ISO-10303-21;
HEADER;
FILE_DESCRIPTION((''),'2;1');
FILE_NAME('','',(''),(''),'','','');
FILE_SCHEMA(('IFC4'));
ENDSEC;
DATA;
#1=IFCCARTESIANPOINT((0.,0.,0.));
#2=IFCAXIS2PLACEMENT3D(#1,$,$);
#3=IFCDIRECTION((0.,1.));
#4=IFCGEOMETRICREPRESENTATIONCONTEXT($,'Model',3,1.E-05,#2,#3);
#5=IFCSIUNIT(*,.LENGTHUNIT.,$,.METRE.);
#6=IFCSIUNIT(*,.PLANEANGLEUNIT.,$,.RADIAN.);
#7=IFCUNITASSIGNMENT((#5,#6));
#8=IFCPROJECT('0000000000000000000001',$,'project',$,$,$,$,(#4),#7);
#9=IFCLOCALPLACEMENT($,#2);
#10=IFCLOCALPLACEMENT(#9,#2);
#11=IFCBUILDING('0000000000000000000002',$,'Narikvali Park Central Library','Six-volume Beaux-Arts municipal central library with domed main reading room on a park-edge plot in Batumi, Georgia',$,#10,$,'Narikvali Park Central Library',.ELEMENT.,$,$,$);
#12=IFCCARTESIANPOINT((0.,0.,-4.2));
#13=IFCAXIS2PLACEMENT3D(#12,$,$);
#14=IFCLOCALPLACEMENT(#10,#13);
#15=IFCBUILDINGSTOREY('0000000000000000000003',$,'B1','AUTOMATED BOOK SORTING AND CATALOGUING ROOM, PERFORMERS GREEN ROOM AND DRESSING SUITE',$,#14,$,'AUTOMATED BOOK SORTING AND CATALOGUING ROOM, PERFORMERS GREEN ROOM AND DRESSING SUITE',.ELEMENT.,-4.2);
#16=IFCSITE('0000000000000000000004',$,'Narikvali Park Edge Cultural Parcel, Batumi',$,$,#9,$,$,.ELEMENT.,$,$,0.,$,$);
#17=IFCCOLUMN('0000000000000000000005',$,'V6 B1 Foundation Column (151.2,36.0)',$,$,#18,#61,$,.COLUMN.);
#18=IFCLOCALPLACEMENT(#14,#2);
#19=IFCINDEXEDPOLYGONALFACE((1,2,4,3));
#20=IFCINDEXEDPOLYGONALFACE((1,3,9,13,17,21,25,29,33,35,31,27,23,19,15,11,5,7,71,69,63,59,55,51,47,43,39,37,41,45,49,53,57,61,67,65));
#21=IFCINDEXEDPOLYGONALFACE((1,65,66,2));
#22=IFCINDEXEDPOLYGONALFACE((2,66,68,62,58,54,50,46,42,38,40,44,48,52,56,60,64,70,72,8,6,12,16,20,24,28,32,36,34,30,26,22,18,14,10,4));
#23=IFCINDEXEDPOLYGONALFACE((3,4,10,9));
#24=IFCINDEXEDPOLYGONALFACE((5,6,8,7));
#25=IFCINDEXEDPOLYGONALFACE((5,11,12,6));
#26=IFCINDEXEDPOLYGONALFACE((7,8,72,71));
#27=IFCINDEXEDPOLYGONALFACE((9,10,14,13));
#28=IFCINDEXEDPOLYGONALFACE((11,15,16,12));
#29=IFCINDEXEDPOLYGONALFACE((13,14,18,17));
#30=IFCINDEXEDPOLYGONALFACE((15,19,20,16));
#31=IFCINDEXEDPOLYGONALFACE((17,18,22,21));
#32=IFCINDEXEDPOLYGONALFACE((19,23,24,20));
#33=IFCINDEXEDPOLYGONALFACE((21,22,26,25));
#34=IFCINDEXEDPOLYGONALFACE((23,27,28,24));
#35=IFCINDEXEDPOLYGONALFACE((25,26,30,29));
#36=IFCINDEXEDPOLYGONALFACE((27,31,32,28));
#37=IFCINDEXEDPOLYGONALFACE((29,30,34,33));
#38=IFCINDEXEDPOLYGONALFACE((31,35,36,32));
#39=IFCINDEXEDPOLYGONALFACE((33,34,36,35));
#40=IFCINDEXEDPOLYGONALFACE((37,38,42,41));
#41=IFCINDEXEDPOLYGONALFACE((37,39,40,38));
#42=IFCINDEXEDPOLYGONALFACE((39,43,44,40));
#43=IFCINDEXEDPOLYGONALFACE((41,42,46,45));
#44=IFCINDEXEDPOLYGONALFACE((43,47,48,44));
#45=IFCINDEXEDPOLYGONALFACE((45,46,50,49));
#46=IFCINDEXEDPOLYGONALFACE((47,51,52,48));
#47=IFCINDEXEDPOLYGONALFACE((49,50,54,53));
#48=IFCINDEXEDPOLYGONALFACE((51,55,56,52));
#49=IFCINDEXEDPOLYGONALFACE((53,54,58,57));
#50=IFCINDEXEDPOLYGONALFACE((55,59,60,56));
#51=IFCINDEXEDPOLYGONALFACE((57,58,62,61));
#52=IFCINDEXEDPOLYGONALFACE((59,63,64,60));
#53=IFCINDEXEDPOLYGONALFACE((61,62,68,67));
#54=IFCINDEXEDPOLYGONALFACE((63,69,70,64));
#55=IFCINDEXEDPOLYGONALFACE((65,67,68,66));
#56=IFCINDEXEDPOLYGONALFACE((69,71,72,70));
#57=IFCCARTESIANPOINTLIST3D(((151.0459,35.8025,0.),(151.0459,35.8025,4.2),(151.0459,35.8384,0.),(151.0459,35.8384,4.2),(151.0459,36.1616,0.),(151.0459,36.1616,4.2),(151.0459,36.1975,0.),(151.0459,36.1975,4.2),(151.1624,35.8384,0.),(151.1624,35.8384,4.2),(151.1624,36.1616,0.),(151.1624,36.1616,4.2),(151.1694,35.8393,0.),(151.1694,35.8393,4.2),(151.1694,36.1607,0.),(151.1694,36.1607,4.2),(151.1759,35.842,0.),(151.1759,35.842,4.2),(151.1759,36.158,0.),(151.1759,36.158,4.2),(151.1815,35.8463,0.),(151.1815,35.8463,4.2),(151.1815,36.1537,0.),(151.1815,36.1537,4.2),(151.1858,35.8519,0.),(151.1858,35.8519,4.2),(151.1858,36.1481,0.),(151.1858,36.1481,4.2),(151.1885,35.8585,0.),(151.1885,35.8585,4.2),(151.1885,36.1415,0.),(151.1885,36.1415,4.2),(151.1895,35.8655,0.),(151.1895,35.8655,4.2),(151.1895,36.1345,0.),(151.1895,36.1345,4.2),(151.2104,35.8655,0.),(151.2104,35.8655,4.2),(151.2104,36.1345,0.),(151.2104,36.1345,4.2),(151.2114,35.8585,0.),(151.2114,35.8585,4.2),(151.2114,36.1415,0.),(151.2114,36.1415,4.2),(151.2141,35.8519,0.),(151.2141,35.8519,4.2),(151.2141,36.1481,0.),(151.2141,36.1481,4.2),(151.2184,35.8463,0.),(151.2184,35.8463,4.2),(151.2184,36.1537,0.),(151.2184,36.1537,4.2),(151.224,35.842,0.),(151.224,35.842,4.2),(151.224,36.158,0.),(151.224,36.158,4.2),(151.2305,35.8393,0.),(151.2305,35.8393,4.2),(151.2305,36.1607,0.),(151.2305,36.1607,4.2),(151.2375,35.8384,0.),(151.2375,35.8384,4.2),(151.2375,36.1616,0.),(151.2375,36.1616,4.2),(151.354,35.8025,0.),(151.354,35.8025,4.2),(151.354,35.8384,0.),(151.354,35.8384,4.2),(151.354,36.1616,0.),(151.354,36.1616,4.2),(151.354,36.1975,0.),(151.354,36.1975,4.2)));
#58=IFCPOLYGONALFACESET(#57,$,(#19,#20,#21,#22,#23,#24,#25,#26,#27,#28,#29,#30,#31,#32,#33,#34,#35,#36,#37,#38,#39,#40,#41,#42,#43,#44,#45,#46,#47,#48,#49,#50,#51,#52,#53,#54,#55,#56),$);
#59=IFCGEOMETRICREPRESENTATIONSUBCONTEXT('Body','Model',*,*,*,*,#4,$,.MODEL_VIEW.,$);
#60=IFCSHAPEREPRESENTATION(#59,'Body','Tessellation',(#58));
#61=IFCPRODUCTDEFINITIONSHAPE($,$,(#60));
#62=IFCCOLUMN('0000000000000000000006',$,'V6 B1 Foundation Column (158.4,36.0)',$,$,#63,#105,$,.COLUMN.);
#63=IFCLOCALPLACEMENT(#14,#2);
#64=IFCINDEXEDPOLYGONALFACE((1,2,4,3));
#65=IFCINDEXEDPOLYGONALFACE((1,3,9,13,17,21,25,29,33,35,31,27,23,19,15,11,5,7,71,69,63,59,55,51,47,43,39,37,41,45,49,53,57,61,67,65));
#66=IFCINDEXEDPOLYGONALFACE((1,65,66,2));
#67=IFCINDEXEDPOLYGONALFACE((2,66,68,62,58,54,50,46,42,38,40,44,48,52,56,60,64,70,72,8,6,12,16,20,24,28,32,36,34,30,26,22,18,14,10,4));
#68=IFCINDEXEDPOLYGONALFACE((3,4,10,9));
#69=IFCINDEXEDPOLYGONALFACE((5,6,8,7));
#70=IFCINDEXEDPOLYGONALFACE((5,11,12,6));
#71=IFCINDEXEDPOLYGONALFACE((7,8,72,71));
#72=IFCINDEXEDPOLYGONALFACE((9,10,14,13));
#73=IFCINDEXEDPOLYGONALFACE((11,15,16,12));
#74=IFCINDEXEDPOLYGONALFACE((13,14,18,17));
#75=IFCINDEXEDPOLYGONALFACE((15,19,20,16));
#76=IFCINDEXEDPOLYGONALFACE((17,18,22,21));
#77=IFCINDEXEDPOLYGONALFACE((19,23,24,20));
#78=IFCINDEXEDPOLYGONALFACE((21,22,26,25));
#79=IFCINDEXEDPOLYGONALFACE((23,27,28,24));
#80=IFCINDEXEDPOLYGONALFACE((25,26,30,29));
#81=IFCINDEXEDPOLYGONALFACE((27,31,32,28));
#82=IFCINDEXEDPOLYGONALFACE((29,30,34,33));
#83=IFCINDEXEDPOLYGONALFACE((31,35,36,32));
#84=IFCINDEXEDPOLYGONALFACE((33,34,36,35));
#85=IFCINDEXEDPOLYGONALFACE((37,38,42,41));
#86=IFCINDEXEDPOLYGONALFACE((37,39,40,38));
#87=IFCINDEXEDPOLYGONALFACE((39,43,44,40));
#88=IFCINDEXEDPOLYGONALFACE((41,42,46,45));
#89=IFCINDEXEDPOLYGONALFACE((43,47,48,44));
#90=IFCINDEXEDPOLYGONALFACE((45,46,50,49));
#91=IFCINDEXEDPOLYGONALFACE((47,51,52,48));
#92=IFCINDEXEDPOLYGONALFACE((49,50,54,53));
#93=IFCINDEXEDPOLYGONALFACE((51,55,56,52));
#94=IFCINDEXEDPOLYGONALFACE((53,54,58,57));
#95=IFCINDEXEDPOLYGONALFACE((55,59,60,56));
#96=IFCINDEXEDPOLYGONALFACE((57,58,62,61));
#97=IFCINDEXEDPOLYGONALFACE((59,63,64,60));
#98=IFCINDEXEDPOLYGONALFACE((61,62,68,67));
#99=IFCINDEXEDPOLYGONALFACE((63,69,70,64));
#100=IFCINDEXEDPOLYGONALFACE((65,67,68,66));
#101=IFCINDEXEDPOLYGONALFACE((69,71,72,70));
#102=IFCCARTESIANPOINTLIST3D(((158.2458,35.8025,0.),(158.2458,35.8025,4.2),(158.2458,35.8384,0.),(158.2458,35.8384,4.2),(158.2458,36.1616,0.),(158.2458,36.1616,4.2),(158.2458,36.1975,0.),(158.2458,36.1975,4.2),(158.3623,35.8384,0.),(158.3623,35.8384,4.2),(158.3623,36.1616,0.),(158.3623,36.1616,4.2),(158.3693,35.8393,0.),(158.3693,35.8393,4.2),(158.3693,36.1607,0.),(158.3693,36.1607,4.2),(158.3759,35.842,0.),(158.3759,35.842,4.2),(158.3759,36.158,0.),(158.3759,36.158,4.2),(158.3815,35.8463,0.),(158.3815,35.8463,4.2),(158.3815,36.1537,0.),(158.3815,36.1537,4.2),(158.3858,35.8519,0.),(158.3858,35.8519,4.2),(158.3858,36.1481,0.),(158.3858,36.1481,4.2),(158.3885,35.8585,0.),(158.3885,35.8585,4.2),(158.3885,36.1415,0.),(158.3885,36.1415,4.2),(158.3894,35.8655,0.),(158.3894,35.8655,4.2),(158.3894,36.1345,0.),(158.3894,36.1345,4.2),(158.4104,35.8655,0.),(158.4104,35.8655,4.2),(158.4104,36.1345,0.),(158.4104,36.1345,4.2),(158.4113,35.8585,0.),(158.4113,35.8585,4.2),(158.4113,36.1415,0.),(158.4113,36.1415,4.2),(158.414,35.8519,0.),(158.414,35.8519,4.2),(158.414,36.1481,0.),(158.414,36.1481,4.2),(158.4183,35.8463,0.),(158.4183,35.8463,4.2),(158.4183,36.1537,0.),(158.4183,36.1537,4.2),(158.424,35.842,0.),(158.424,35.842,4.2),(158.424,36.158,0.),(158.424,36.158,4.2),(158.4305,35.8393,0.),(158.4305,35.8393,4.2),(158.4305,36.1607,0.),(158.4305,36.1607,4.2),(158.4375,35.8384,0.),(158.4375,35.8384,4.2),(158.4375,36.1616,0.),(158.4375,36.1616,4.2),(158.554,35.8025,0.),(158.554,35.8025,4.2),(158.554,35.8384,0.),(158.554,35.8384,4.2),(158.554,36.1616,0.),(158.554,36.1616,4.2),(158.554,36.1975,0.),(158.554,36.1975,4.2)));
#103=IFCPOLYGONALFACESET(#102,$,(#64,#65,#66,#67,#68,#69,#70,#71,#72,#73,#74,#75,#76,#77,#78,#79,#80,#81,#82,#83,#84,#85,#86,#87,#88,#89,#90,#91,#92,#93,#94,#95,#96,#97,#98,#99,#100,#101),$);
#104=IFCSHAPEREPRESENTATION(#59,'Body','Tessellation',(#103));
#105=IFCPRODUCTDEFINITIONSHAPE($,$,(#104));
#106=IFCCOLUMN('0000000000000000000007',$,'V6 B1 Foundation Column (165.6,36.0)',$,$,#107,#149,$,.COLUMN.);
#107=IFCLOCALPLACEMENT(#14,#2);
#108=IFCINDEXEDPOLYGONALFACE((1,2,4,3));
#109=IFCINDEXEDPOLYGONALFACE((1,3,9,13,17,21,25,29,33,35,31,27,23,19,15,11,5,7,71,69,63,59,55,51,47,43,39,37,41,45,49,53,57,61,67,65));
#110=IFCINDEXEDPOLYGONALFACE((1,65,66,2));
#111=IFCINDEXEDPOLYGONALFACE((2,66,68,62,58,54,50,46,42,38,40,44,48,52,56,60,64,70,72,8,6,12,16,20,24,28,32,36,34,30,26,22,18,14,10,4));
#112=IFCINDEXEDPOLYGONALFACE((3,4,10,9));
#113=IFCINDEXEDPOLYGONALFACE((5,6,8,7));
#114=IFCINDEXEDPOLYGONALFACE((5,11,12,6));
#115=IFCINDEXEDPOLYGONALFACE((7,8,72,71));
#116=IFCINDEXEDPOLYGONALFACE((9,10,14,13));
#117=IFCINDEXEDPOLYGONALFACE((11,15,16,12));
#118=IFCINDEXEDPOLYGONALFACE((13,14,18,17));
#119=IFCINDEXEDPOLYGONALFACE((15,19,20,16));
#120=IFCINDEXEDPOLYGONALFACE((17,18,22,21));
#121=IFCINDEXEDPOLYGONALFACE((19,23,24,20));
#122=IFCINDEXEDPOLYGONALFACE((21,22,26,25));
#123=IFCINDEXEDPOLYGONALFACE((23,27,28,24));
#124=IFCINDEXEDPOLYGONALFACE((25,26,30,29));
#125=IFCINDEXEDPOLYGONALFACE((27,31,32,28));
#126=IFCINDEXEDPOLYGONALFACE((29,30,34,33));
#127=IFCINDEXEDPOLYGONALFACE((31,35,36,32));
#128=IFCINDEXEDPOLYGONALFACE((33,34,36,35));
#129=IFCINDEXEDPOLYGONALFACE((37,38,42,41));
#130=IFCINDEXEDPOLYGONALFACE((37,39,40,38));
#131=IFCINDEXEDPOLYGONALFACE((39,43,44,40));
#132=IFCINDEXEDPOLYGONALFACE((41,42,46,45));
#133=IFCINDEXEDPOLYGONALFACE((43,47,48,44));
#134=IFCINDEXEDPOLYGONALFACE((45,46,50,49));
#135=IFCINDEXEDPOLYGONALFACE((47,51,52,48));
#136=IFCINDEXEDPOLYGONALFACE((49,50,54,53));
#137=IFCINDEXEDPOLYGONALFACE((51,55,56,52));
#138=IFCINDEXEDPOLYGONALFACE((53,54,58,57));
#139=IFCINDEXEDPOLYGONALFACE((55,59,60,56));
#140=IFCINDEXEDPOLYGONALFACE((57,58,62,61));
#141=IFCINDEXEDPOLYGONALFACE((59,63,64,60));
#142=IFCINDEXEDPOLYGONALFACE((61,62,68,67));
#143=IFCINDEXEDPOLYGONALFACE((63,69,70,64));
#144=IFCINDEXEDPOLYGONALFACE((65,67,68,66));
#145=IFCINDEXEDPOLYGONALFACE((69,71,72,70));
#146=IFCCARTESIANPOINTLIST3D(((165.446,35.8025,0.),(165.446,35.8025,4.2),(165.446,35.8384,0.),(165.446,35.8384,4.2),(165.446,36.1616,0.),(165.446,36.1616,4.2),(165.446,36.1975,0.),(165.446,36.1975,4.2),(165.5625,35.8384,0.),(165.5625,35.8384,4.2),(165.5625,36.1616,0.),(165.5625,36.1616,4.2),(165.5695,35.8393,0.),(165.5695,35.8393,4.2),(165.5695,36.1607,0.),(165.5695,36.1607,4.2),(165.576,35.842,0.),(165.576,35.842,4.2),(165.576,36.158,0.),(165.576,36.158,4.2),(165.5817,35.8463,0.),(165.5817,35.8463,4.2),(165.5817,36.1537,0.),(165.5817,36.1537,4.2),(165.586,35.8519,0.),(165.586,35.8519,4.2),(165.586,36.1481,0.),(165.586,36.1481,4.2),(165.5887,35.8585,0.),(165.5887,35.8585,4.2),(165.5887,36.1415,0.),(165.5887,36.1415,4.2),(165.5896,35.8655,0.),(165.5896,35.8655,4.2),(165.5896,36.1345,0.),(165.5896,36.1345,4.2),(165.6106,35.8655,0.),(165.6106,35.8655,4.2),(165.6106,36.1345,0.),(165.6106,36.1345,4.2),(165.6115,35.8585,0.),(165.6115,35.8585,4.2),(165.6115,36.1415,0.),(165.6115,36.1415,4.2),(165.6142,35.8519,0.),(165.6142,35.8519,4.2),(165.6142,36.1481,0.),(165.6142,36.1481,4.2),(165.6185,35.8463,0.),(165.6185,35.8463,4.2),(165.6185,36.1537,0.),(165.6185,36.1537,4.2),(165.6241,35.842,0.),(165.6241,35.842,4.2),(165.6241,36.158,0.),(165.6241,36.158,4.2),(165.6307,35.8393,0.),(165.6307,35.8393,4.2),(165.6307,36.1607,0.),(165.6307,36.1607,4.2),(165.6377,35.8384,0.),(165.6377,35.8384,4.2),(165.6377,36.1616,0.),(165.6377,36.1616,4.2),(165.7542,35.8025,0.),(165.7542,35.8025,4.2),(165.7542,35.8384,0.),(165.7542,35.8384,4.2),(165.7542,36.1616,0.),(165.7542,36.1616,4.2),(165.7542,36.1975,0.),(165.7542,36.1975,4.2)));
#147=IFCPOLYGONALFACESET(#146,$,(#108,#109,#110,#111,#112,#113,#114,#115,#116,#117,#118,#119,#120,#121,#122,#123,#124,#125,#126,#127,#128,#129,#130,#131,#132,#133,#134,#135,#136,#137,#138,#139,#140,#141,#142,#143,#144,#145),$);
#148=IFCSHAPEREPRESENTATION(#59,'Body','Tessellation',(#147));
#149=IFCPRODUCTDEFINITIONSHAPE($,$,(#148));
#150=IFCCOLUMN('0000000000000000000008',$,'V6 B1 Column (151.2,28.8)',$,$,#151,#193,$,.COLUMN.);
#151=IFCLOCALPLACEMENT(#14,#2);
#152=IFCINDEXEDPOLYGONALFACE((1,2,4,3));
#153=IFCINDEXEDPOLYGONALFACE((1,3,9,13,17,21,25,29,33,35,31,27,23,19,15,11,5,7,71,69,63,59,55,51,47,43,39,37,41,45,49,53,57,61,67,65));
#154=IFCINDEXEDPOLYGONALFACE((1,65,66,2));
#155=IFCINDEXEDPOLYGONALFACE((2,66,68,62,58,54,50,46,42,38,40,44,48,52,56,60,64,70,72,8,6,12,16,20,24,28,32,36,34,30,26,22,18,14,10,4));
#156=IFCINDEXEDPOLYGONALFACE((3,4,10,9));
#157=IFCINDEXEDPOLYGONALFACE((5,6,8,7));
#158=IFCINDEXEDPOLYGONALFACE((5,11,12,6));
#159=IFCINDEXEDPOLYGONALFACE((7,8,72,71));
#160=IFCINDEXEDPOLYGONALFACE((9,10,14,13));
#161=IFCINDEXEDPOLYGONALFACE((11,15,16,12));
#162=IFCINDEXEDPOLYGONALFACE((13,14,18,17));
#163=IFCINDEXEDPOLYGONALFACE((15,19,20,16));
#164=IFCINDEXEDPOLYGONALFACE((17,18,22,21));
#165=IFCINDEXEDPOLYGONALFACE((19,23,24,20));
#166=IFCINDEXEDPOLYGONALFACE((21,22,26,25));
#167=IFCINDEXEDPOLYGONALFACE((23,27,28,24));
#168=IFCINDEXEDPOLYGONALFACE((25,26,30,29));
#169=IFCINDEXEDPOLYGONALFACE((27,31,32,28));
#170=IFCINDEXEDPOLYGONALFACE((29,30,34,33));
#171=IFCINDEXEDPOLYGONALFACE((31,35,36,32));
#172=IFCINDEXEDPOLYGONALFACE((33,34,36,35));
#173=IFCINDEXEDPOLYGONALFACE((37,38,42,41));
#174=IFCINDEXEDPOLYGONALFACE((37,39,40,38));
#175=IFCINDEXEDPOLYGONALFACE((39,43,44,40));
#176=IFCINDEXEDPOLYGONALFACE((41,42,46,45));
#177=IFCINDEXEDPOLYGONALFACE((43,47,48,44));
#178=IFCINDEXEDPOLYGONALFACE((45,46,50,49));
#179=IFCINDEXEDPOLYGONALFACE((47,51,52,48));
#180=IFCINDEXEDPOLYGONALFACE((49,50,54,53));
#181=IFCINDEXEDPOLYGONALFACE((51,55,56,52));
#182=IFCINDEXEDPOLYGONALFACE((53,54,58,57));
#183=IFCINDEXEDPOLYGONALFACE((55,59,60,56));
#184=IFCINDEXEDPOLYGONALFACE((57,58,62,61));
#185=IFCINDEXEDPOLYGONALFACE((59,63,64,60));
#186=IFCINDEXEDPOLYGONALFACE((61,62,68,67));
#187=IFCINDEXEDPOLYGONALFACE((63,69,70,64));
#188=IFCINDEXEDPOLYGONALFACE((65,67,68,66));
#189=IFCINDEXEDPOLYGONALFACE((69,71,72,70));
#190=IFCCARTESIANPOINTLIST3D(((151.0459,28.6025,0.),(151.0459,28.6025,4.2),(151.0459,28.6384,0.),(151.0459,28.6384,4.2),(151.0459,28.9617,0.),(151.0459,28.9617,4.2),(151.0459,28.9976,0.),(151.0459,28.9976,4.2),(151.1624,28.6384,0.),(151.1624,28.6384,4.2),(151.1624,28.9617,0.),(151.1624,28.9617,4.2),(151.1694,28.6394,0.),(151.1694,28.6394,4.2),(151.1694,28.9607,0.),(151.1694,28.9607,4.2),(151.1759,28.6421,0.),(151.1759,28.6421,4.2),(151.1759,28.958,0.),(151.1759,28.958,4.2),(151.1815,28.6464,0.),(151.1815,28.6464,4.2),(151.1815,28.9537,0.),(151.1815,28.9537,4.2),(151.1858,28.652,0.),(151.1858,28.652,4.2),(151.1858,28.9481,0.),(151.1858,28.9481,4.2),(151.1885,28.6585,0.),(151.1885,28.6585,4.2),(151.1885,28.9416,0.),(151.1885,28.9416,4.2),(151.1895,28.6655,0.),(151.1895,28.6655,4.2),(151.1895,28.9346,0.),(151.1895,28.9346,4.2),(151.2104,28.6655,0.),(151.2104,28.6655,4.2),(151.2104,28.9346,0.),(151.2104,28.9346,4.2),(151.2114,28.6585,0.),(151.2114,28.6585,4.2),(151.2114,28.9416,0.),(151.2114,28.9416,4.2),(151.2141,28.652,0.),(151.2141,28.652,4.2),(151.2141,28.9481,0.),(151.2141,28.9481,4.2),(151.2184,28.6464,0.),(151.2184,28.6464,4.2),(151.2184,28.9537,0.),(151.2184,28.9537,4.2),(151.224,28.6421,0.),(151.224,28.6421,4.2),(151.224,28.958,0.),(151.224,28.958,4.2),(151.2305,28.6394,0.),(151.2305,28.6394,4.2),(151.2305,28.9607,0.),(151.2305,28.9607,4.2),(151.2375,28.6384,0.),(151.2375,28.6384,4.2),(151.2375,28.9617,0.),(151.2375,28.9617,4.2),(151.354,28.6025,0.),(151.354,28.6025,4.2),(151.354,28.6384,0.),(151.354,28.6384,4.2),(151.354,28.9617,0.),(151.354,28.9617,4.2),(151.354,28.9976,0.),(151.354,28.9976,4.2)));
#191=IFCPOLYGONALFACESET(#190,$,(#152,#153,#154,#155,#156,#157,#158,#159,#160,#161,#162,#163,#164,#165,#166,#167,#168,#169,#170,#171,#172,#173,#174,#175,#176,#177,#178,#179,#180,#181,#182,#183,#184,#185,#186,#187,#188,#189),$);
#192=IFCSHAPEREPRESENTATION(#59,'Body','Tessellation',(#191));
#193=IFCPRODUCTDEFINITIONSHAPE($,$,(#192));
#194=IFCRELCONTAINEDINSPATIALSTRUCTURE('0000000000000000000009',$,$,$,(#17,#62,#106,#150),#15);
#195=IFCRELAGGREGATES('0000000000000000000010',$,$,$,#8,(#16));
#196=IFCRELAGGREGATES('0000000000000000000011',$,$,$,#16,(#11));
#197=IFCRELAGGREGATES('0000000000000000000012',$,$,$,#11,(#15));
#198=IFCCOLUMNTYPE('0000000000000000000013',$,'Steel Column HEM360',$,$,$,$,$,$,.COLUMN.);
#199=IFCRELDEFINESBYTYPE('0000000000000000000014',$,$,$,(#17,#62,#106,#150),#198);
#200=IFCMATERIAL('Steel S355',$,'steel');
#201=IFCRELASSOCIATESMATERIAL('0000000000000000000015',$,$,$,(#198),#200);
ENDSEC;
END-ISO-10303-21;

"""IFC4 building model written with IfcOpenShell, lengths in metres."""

from ifc_helpers import new_model, si_unit, direction, frame, origin, origin_2d, place, context, subcontext, project, spatial, i_section, extrude, material, material_profile, profile_set, type_object, element, save


model = new_model("IFC4")

# Units and contexts
model_context = context("Model", 3, precision=1e-05, world=origin(), true_north=direction((0.0, 1.0)))
body_context = subcontext(model_context, "Body", "Model", "MODEL_VIEW")
ifc_project = project(units=[si_unit("LENGTHUNIT", "METRE"), si_unit("PLANEANGLEUNIT", "RADIAN")], contexts=[model_context])

# Site, building, storey
site_placement = place(None, origin())
site = spatial("IfcSite", under=ifc_project, at=site_placement, Name="Narikvali Park Edge Cultural Parcel, Batumi", CompositionType="ELEMENT", RefElevation=0.0)
building_placement = place(site_placement, origin())
building = spatial("IfcBuilding", under=site, at=building_placement, Name="Narikvali Park Central Library", Description="Six-volume Beaux-Arts municipal central library with domed main reading room on a park-edge plot in Batumi, Georgia", LongName="Narikvali Park Central Library", CompositionType="ELEMENT")
storey_placement = place(building_placement, frame((0.0, 0.0, -4.2)))
storey = spatial("IfcBuildingStorey", under=building, at=storey_placement, Name="B1", Description="AUTOMATED BOOK SORTING AND CATALOGUING ROOM, PERFORMERS GREEN ROOM AND DRESSING SUITE", LongName="AUTOMATED BOOK SORTING AND CATALOGUING ROOM, PERFORMERS GREEN ROOM AND DRESSING SUITE", CompositionType="ELEMENT", Elevation=-4.2)

# Columns
ifc_material_1 = material(Name="Steel S355", Category="steel")
ifc_material_profile_1 = material_profile(ifc_material_1, i_section(OverallWidth=0.3081, OverallDepth=0.395, WebThickness=0.021, FlangeThickness=0.0359, FilletRadius=0.0271, at=origin_2d()), Name="HEM 360")
ifc_profile_set_1 = profile_set([ifc_material_profile_1], Name="Steel S355")
column_type = type_object("IfcColumnType", Name="Steel Column HEM360", PredefinedType="COLUMN", material=ifc_profile_set_1)
for number, where, z_axis, x_axis, name in (
    (1, (151.2, 36.0, 0.0), (0.0, 0.0, 1.0), (1.0, 0.0, 0.0), "V6 B1 Foundation Column (151.2,36.0)"),
    (2, (158.3999, 36.0, 0.0), (0.0, 0.0, 1.0), (1.0, 0.0, 0.0), "V6 B1 Foundation Column (158.4,36.0)"),
    (3, (165.6001, 36.0, 0.0), (0.0, 0.0, 1.0), (1.0, 0.0, 0.0), "V6 B1 Foundation Column (165.6,36.0)"),
    (4, (151.2, 28.8, 0.0), (0.0, 0.0, 1.0), (1.0, 0.0, 0.0), "V6 B1 Column (151.2,28.8)"),
):
    element("IfcColumn", number, at=place(storey_placement, frame(where, z_axis=z_axis, x_axis=x_axis)), inside=storey, type_object=column_type, Name=name, PredefinedType="COLUMN", context=body_context, shape_type="SweptSolid", body=[
        extrude(i_section(OverallWidth=0.3081, OverallDepth=0.395, WebThickness=0.021, FlangeThickness=0.0359, FilletRadius=0.0271, at=origin_2d()), origin(), (0.0, 0.0, 1.0), 4.2),
    ])

save(model, "model.ifc")
